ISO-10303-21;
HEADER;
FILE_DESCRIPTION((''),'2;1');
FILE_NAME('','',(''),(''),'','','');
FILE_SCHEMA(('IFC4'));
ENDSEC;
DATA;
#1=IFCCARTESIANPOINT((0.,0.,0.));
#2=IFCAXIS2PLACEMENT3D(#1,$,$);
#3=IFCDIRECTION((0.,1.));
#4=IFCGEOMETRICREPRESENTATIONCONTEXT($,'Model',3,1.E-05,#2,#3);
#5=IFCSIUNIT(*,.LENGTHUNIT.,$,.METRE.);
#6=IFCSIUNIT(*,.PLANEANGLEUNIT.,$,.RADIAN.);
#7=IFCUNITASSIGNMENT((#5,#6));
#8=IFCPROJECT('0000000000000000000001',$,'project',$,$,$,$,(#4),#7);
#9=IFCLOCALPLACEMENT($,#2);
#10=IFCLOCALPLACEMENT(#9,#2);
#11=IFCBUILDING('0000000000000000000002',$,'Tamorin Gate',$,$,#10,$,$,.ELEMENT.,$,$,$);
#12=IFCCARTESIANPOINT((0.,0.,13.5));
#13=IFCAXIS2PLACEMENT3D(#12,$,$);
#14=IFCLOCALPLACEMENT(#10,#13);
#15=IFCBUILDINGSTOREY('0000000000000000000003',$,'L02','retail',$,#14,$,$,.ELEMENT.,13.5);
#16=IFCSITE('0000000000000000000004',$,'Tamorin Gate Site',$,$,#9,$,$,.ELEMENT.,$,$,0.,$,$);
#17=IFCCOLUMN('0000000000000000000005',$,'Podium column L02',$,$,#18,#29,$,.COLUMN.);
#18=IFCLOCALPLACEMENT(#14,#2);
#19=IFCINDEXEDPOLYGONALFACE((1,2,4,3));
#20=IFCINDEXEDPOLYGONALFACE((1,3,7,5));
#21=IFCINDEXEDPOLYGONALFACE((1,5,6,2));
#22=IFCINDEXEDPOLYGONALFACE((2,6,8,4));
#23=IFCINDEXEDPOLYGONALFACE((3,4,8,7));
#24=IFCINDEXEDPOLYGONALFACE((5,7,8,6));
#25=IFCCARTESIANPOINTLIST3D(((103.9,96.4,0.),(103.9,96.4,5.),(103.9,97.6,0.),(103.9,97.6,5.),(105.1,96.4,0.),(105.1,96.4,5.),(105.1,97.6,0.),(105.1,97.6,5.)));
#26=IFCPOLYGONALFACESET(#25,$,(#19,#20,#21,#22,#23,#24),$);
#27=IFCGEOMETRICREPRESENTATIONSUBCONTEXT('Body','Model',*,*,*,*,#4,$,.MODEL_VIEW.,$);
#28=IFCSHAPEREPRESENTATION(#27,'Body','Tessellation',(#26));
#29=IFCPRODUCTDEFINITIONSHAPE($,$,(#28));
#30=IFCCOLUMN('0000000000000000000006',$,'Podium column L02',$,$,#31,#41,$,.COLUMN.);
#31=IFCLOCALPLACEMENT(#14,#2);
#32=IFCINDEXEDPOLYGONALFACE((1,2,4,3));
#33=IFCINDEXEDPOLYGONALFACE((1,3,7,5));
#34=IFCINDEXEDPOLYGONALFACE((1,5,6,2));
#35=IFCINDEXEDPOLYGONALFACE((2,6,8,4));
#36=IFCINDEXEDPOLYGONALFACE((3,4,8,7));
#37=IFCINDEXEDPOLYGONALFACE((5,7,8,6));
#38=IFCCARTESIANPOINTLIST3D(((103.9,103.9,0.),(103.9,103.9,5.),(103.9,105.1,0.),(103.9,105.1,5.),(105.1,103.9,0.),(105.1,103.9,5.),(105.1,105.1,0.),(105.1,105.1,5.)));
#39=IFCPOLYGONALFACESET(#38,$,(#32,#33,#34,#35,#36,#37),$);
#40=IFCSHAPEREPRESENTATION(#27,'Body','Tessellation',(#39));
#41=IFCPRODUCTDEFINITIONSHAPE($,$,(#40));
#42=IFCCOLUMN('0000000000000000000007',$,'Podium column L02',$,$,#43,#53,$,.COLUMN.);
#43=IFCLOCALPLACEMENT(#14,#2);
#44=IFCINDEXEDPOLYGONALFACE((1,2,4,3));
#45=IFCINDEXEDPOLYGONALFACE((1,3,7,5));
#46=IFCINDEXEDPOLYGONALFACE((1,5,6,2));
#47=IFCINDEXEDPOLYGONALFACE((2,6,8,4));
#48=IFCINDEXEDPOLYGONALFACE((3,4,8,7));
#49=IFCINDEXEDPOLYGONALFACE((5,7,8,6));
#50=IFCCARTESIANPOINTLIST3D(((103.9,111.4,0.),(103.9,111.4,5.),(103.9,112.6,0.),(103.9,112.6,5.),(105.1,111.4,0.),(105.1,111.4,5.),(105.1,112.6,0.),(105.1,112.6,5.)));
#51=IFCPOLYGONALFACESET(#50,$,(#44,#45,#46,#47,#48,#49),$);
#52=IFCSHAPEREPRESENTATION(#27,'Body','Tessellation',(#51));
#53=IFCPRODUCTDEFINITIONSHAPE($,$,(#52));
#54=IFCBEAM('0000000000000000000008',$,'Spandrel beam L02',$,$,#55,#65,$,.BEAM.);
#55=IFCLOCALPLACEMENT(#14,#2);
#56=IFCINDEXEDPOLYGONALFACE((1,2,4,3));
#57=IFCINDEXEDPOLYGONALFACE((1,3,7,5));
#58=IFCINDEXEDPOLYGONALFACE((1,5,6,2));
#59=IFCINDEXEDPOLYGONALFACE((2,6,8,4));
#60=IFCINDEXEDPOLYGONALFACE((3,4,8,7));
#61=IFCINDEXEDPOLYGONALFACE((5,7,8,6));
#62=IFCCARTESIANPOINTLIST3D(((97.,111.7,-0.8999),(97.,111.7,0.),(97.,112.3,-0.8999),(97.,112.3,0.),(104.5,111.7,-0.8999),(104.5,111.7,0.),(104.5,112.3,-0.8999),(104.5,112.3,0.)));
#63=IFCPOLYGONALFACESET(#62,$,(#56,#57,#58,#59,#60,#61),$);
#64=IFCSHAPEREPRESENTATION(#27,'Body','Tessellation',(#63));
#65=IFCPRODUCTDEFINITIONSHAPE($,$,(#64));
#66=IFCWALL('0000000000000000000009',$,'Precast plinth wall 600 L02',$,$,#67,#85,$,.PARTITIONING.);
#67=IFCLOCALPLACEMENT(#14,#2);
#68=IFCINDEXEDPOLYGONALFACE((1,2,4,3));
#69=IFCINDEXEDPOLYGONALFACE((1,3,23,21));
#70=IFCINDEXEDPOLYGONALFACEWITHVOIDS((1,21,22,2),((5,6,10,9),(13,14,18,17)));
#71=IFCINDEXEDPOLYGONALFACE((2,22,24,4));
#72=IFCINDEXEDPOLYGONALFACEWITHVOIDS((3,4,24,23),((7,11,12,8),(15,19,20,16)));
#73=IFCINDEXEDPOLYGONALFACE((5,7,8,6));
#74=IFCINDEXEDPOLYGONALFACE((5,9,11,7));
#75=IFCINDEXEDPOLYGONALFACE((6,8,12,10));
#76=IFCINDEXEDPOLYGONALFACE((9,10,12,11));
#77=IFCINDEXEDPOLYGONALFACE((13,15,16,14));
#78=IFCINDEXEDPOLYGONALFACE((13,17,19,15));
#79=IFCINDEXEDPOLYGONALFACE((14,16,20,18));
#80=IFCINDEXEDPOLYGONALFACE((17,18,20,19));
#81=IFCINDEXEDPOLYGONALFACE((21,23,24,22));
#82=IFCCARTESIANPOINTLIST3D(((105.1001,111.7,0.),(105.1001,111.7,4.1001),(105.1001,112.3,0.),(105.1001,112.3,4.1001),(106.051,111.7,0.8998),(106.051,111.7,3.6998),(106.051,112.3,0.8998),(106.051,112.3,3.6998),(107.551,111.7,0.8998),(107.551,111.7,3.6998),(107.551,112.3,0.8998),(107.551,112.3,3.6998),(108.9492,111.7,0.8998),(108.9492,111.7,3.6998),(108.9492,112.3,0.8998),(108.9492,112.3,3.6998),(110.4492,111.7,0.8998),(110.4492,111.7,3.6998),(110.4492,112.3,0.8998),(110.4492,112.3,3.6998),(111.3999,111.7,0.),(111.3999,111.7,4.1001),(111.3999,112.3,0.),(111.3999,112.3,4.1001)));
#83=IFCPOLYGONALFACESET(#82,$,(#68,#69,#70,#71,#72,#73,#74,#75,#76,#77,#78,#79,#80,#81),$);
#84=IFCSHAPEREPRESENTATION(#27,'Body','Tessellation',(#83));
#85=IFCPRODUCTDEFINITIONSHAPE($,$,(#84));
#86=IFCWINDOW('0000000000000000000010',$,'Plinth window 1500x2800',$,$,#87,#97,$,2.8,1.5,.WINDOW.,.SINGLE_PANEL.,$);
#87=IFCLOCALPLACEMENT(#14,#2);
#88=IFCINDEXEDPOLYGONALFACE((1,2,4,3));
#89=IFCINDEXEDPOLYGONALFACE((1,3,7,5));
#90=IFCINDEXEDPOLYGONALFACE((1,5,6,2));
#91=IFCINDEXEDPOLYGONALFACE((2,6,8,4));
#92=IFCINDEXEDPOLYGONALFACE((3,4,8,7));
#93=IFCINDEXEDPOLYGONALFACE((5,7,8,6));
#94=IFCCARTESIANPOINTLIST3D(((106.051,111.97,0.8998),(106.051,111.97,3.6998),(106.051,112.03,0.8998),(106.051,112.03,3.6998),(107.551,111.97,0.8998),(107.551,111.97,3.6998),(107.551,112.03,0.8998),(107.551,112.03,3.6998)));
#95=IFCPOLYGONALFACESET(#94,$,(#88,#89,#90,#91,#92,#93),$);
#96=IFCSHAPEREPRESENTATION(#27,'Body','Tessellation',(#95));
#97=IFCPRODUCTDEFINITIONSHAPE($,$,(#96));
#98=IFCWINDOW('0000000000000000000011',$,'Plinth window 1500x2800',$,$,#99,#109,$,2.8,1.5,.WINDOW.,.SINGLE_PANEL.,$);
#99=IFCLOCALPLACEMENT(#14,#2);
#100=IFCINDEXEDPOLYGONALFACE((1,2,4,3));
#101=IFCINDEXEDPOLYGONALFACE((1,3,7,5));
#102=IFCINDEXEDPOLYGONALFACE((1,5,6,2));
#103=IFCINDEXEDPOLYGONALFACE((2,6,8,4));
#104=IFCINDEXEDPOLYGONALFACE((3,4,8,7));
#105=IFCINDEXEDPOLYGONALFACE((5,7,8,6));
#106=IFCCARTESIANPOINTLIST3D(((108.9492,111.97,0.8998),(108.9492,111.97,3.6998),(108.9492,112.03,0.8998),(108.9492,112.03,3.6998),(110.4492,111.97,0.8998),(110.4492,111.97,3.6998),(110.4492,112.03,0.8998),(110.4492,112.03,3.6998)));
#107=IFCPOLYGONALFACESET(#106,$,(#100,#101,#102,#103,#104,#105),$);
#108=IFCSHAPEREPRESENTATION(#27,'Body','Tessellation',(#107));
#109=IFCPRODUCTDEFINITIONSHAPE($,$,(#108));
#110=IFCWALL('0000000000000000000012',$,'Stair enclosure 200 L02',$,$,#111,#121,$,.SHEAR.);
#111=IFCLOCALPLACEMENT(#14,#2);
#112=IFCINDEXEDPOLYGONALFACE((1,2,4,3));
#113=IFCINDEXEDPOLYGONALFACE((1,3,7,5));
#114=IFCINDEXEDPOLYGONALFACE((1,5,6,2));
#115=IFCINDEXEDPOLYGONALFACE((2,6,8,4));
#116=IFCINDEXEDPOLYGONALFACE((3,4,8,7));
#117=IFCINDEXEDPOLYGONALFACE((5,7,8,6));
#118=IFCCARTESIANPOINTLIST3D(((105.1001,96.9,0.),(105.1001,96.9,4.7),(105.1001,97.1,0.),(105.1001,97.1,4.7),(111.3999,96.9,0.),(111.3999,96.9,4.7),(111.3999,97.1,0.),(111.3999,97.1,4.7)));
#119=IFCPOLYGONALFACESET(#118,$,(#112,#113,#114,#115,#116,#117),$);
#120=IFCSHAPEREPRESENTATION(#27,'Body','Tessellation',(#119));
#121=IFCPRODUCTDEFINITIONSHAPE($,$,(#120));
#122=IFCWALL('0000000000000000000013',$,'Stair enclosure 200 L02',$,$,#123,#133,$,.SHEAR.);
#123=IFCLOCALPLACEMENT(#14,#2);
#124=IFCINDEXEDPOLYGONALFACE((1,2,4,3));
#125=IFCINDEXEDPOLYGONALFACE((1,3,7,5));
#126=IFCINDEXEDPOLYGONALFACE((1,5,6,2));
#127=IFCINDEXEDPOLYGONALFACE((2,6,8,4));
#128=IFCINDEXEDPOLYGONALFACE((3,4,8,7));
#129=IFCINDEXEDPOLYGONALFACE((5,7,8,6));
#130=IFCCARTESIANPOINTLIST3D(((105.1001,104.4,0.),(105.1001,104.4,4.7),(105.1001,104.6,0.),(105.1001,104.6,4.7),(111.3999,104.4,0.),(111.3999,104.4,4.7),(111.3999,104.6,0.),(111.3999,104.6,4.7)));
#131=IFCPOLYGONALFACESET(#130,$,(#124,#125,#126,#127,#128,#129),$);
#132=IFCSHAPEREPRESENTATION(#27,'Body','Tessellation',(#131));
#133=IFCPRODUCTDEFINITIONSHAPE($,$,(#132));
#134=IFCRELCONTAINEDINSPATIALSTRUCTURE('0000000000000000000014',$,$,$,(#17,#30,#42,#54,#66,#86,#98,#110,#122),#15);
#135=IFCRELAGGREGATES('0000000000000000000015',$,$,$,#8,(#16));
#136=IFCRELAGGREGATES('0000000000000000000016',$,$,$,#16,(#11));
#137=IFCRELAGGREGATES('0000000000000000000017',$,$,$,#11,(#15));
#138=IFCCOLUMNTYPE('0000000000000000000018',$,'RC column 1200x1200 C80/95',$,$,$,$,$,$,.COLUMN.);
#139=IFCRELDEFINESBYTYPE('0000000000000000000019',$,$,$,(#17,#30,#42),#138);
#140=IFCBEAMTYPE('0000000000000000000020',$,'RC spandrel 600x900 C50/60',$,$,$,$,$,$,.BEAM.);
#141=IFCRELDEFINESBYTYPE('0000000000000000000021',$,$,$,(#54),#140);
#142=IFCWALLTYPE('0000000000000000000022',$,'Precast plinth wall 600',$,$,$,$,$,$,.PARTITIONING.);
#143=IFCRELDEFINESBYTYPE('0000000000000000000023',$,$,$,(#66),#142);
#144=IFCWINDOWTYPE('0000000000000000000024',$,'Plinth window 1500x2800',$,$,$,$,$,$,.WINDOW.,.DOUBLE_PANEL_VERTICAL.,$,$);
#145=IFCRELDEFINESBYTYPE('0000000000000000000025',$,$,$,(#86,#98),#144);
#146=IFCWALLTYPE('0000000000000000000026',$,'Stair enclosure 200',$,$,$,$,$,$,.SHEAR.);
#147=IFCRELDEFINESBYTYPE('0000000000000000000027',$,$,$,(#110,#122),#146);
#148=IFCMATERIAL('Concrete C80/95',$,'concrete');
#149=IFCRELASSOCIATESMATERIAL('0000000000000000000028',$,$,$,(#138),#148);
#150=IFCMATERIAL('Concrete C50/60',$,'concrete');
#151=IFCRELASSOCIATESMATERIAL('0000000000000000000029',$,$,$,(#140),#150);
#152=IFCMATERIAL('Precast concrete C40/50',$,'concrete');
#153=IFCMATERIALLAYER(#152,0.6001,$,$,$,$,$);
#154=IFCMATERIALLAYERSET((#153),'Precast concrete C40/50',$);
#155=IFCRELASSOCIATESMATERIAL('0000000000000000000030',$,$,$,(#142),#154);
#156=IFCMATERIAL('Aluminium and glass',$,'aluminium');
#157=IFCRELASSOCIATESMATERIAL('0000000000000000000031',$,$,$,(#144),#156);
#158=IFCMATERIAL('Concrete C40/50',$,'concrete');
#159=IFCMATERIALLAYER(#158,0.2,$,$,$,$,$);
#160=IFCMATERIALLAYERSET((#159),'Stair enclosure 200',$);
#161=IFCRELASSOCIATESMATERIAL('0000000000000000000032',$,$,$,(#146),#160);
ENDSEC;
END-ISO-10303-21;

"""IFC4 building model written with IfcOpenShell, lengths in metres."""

from ifc_helpers import new_model, si_unit, direction, frame, frame_2d, origin, origin_2d, place, context, subcontext, project, spatial, rectangle, extrude, material, layer, layer_set, material_profile, profile_set, type_object, element, fill, save


model = new_model("IFC4")

# Units and contexts
model_context = context("Model", 3, precision=1e-05, world=origin(), true_north=direction((0.0, 1.0)))
body_context = subcontext(model_context, "Body", "Model", "MODEL_VIEW")
ifc_project = project(units=[si_unit("LENGTHUNIT", "METRE"), si_unit("PLANEANGLEUNIT", "RADIAN")], contexts=[model_context])

# Site, building, storey
site_placement = place(None, origin())
site = spatial("IfcSite", under=ifc_project, at=site_placement, Name="Tamorin Gate Site", CompositionType="ELEMENT", RefElevation=0.0)
building_placement = place(site_placement, origin())
building = spatial("IfcBuilding", under=site, at=building_placement, Name="Tamorin Gate", CompositionType="ELEMENT")
storey_placement = place(building_placement, frame((0.0, 0.0, 13.5)))
storey = spatial("IfcBuildingStorey", under=building, at=storey_placement, Name="L02", Description="retail", CompositionType="ELEMENT", Elevation=13.5)

# Columns
ifc_material_1 = material(Name="Concrete C80/95", Category="concrete")
ifc_material_profile_1 = material_profile(ifc_material_1, rectangle(XDim=1.2, YDim=1.2, at=origin_2d()), Name="RC 1200x1200")
ifc_profile_set_1 = profile_set([ifc_material_profile_1], Name="Concrete C80/95")
column_type = type_object("IfcColumnType", Name="RC column 1200x1200 C80/95", PredefinedType="COLUMN", material=ifc_profile_set_1)
for number, where, z_axis, x_axis, name in (
    (1, (104.5, 97.0, 0.0), (0.0, 0.0, 1.0), (1.0, 0.0, 0.0), "Podium column L02"),
    (2, (104.5, 104.5, 0.0), (0.0, 0.0, 1.0), (1.0, 0.0, 0.0), "Podium column L02"),
    (3, (104.5, 112.0, 0.0), (0.0, 0.0, 1.0), (1.0, 0.0, 0.0), "Podium column L02"),
):
    element("IfcColumn", number, at=place(storey_placement, frame(where, z_axis=z_axis, x_axis=x_axis)), inside=storey, type_object=column_type, Name=name, PredefinedType="COLUMN", context=body_context, shape_type="SweptSolid", body=[
        extrude(rectangle(XDim=1.2, YDim=1.2, at=origin_2d()), origin(), (0.0, 0.0, 1.0), 5.0),
    ])

# Beam
ifc_material_2 = material(Name="Concrete C50/60", Category="concrete")
ifc_material_profile_2 = material_profile(ifc_material_2, rectangle(XDim=0.6001, YDim=0.8999, at=origin_2d()), Name="RC 600x900")
ifc_profile_set_2 = profile_set([ifc_material_profile_2], Name="Concrete C50/60")
beam_type = type_object("IfcBeamType", Name="RC spandrel 600x900 C50/60", PredefinedType="BEAM", material=ifc_profile_set_2)
beam_placement = place(storey_placement, frame((104.5, 112.0, -0.45), z_axis=(-1.0, 0.0, 0.0), x_axis=(0.0, -1.0, 0.0)))
element("IfcBeam", 4, at=beam_placement, inside=storey, type_object=beam_type, Name="Spandrel beam L02", PredefinedType="BEAM", context=body_context, shape_type="SweptSolid", body=[
    extrude(rectangle(XDim=0.6001, YDim=0.8999, at=origin_2d()), origin(), (0.0, 0.0, 1.0), 7.5),
])

# Wall, openings, windows
ifc_material_3 = material(Name="Precast concrete C40/50", Category="concrete")
ifc_layer_1 = layer(ifc_material_3, 0.6001)
ifc_layer_set_1 = layer_set([ifc_layer_1], Name="Precast concrete C40/50")
wall_type_1 = type_object("IfcWallType", Name="Precast plinth wall 600", PredefinedType="PARTITIONING", material=ifc_layer_set_1)
wall_1_placement = place(storey_placement, frame((105.1001, 112.0, 0.0), z_axis=(0.0, 0.0, 1.0), x_axis=(1.0, 0.0, 0.0)))
wall_1 = element("IfcWall", 5, at=wall_1_placement, inside=storey, type_object=wall_type_1, Name="Precast plinth wall 600 L02", PredefinedType="PARTITIONING", context=body_context, shape_type="SweptSolid", body=[
    extrude(rectangle(XDim=6.2998, YDim=0.6001, at=frame_2d((3.1499, 0.0))), origin(), (0.0, 0.0, 1.0), 4.1001),
])
opening_1_placement = place(wall_1_placement, frame((0.9509, 0.0, 0.8999)))
opening_1 = element("IfcOpeningElement", 6, at=opening_1_placement, cuts=wall_1, PredefinedType="OPENING", context=body_context, shape_type="SweptSolid", body=[
    extrude(rectangle(XDim=1.5, YDim=2.8, at=frame_2d((0.75, 1.3999))), frame((0.0, 0.3101, 0.0), z_axis=(0.0, -1.0, 0.0), x_axis=(1.0, 0.0, 0.0)), (0.0, 0.0, 1.0), 0.6201),
])
opening_2_placement = place(wall_1_placement, frame((3.8491, 0.0, 0.8999)))
opening_2 = element("IfcOpeningElement", 7, at=opening_2_placement, cuts=wall_1, PredefinedType="OPENING", context=body_context, shape_type="SweptSolid", body=[
    extrude(rectangle(XDim=1.5, YDim=2.8, at=frame_2d((0.75, 1.3999))), frame((0.0, 0.3101, 0.0), z_axis=(0.0, -1.0, 0.0), x_axis=(1.0, 0.0, 0.0)), (0.0, 0.0, 1.0), 0.6201),
])
ifc_material_4 = material(Name="Aluminium and glass", Category="aluminium")
window_type = type_object("IfcWindowType", Name="Plinth window 1500x2800", PartitioningType="DOUBLE_PANEL_VERTICAL", PredefinedType="WINDOW", material=ifc_material_4)
window_1_placement = place(opening_1_placement, origin())
window_1 = element("IfcWindow", 8, at=window_1_placement, inside=storey, type_object=window_type, Name="Plinth window 1500x2800", OverallHeight=2.8, OverallWidth=1.5, PartitioningType="SINGLE_PANEL", PredefinedType="WINDOW", context=body_context, shape_type="SweptSolid", body=[
    extrude(rectangle(XDim=1.5, YDim=2.8, at=frame_2d((0.75, 1.3999))), frame((0.0, 0.03, 0.0), z_axis=(0.0, -1.0, 0.0), x_axis=(1.0, 0.0, 0.0)), (0.0, 0.0, 1.0), 0.0601),
])
fill(opening_1, window_1)
window_2_placement = place(opening_2_placement, origin())
window_2 = element("IfcWindow", 9, at=window_2_placement, inside=storey, type_object=window_type, Name="Plinth window 1500x2800", OverallHeight=2.8, OverallWidth=1.5, PartitioningType="SINGLE_PANEL", PredefinedType="WINDOW", context=body_context, shape_type="SweptSolid", body=[
    extrude(rectangle(XDim=1.5, YDim=2.8, at=frame_2d((0.75, 1.3999))), frame((0.0, 0.03, 0.0), z_axis=(0.0, -1.0, 0.0), x_axis=(1.0, 0.0, 0.0)), (0.0, 0.0, 1.0), 0.0601),
])
fill(opening_2, window_2)

# Wall
ifc_material_5 = material(Name="Concrete C40/50", Category="concrete")
ifc_layer_2 = layer(ifc_material_5, 0.2)
ifc_layer_set_2 = layer_set([ifc_layer_2], Name="Stair enclosure 200")
wall_type_2 = type_object("IfcWallType", Name="Stair enclosure 200", PredefinedType="SHEAR", material=ifc_layer_set_2)
wall_2_placement = place(storey_placement, frame((105.1001, 97.0, 0.0), z_axis=(0.0, 0.0, 1.0), x_axis=(1.0, 0.0, 0.0)))
element("IfcWall", 10, at=wall_2_placement, inside=storey, type_object=wall_type_2, Name="Stair enclosure 200 L02", PredefinedType="SHEAR", context=body_context, shape_type="SweptSolid", body=[
    extrude(rectangle(XDim=6.2998, YDim=0.2, at=frame_2d((3.1499, 0.0))), origin(), (0.0, 0.0, 1.0), 4.7),
])

# Wall
wall_3_placement = place(storey_placement, frame((105.1001, 104.5, 0.0), z_axis=(0.0, 0.0, 1.0), x_axis=(1.0, 0.0, 0.0)))
element("IfcWall", 11, at=wall_3_placement, inside=storey, type_object=wall_type_2, Name="Stair enclosure 200 L02", PredefinedType="SHEAR", context=body_context, shape_type="SweptSolid", body=[
    extrude(rectangle(XDim=6.2998, YDim=0.2, at=frame_2d((3.1499, 0.0))), origin(), (0.0, 0.0, 1.0), 4.7),
])

save(model, "model.ifc")
